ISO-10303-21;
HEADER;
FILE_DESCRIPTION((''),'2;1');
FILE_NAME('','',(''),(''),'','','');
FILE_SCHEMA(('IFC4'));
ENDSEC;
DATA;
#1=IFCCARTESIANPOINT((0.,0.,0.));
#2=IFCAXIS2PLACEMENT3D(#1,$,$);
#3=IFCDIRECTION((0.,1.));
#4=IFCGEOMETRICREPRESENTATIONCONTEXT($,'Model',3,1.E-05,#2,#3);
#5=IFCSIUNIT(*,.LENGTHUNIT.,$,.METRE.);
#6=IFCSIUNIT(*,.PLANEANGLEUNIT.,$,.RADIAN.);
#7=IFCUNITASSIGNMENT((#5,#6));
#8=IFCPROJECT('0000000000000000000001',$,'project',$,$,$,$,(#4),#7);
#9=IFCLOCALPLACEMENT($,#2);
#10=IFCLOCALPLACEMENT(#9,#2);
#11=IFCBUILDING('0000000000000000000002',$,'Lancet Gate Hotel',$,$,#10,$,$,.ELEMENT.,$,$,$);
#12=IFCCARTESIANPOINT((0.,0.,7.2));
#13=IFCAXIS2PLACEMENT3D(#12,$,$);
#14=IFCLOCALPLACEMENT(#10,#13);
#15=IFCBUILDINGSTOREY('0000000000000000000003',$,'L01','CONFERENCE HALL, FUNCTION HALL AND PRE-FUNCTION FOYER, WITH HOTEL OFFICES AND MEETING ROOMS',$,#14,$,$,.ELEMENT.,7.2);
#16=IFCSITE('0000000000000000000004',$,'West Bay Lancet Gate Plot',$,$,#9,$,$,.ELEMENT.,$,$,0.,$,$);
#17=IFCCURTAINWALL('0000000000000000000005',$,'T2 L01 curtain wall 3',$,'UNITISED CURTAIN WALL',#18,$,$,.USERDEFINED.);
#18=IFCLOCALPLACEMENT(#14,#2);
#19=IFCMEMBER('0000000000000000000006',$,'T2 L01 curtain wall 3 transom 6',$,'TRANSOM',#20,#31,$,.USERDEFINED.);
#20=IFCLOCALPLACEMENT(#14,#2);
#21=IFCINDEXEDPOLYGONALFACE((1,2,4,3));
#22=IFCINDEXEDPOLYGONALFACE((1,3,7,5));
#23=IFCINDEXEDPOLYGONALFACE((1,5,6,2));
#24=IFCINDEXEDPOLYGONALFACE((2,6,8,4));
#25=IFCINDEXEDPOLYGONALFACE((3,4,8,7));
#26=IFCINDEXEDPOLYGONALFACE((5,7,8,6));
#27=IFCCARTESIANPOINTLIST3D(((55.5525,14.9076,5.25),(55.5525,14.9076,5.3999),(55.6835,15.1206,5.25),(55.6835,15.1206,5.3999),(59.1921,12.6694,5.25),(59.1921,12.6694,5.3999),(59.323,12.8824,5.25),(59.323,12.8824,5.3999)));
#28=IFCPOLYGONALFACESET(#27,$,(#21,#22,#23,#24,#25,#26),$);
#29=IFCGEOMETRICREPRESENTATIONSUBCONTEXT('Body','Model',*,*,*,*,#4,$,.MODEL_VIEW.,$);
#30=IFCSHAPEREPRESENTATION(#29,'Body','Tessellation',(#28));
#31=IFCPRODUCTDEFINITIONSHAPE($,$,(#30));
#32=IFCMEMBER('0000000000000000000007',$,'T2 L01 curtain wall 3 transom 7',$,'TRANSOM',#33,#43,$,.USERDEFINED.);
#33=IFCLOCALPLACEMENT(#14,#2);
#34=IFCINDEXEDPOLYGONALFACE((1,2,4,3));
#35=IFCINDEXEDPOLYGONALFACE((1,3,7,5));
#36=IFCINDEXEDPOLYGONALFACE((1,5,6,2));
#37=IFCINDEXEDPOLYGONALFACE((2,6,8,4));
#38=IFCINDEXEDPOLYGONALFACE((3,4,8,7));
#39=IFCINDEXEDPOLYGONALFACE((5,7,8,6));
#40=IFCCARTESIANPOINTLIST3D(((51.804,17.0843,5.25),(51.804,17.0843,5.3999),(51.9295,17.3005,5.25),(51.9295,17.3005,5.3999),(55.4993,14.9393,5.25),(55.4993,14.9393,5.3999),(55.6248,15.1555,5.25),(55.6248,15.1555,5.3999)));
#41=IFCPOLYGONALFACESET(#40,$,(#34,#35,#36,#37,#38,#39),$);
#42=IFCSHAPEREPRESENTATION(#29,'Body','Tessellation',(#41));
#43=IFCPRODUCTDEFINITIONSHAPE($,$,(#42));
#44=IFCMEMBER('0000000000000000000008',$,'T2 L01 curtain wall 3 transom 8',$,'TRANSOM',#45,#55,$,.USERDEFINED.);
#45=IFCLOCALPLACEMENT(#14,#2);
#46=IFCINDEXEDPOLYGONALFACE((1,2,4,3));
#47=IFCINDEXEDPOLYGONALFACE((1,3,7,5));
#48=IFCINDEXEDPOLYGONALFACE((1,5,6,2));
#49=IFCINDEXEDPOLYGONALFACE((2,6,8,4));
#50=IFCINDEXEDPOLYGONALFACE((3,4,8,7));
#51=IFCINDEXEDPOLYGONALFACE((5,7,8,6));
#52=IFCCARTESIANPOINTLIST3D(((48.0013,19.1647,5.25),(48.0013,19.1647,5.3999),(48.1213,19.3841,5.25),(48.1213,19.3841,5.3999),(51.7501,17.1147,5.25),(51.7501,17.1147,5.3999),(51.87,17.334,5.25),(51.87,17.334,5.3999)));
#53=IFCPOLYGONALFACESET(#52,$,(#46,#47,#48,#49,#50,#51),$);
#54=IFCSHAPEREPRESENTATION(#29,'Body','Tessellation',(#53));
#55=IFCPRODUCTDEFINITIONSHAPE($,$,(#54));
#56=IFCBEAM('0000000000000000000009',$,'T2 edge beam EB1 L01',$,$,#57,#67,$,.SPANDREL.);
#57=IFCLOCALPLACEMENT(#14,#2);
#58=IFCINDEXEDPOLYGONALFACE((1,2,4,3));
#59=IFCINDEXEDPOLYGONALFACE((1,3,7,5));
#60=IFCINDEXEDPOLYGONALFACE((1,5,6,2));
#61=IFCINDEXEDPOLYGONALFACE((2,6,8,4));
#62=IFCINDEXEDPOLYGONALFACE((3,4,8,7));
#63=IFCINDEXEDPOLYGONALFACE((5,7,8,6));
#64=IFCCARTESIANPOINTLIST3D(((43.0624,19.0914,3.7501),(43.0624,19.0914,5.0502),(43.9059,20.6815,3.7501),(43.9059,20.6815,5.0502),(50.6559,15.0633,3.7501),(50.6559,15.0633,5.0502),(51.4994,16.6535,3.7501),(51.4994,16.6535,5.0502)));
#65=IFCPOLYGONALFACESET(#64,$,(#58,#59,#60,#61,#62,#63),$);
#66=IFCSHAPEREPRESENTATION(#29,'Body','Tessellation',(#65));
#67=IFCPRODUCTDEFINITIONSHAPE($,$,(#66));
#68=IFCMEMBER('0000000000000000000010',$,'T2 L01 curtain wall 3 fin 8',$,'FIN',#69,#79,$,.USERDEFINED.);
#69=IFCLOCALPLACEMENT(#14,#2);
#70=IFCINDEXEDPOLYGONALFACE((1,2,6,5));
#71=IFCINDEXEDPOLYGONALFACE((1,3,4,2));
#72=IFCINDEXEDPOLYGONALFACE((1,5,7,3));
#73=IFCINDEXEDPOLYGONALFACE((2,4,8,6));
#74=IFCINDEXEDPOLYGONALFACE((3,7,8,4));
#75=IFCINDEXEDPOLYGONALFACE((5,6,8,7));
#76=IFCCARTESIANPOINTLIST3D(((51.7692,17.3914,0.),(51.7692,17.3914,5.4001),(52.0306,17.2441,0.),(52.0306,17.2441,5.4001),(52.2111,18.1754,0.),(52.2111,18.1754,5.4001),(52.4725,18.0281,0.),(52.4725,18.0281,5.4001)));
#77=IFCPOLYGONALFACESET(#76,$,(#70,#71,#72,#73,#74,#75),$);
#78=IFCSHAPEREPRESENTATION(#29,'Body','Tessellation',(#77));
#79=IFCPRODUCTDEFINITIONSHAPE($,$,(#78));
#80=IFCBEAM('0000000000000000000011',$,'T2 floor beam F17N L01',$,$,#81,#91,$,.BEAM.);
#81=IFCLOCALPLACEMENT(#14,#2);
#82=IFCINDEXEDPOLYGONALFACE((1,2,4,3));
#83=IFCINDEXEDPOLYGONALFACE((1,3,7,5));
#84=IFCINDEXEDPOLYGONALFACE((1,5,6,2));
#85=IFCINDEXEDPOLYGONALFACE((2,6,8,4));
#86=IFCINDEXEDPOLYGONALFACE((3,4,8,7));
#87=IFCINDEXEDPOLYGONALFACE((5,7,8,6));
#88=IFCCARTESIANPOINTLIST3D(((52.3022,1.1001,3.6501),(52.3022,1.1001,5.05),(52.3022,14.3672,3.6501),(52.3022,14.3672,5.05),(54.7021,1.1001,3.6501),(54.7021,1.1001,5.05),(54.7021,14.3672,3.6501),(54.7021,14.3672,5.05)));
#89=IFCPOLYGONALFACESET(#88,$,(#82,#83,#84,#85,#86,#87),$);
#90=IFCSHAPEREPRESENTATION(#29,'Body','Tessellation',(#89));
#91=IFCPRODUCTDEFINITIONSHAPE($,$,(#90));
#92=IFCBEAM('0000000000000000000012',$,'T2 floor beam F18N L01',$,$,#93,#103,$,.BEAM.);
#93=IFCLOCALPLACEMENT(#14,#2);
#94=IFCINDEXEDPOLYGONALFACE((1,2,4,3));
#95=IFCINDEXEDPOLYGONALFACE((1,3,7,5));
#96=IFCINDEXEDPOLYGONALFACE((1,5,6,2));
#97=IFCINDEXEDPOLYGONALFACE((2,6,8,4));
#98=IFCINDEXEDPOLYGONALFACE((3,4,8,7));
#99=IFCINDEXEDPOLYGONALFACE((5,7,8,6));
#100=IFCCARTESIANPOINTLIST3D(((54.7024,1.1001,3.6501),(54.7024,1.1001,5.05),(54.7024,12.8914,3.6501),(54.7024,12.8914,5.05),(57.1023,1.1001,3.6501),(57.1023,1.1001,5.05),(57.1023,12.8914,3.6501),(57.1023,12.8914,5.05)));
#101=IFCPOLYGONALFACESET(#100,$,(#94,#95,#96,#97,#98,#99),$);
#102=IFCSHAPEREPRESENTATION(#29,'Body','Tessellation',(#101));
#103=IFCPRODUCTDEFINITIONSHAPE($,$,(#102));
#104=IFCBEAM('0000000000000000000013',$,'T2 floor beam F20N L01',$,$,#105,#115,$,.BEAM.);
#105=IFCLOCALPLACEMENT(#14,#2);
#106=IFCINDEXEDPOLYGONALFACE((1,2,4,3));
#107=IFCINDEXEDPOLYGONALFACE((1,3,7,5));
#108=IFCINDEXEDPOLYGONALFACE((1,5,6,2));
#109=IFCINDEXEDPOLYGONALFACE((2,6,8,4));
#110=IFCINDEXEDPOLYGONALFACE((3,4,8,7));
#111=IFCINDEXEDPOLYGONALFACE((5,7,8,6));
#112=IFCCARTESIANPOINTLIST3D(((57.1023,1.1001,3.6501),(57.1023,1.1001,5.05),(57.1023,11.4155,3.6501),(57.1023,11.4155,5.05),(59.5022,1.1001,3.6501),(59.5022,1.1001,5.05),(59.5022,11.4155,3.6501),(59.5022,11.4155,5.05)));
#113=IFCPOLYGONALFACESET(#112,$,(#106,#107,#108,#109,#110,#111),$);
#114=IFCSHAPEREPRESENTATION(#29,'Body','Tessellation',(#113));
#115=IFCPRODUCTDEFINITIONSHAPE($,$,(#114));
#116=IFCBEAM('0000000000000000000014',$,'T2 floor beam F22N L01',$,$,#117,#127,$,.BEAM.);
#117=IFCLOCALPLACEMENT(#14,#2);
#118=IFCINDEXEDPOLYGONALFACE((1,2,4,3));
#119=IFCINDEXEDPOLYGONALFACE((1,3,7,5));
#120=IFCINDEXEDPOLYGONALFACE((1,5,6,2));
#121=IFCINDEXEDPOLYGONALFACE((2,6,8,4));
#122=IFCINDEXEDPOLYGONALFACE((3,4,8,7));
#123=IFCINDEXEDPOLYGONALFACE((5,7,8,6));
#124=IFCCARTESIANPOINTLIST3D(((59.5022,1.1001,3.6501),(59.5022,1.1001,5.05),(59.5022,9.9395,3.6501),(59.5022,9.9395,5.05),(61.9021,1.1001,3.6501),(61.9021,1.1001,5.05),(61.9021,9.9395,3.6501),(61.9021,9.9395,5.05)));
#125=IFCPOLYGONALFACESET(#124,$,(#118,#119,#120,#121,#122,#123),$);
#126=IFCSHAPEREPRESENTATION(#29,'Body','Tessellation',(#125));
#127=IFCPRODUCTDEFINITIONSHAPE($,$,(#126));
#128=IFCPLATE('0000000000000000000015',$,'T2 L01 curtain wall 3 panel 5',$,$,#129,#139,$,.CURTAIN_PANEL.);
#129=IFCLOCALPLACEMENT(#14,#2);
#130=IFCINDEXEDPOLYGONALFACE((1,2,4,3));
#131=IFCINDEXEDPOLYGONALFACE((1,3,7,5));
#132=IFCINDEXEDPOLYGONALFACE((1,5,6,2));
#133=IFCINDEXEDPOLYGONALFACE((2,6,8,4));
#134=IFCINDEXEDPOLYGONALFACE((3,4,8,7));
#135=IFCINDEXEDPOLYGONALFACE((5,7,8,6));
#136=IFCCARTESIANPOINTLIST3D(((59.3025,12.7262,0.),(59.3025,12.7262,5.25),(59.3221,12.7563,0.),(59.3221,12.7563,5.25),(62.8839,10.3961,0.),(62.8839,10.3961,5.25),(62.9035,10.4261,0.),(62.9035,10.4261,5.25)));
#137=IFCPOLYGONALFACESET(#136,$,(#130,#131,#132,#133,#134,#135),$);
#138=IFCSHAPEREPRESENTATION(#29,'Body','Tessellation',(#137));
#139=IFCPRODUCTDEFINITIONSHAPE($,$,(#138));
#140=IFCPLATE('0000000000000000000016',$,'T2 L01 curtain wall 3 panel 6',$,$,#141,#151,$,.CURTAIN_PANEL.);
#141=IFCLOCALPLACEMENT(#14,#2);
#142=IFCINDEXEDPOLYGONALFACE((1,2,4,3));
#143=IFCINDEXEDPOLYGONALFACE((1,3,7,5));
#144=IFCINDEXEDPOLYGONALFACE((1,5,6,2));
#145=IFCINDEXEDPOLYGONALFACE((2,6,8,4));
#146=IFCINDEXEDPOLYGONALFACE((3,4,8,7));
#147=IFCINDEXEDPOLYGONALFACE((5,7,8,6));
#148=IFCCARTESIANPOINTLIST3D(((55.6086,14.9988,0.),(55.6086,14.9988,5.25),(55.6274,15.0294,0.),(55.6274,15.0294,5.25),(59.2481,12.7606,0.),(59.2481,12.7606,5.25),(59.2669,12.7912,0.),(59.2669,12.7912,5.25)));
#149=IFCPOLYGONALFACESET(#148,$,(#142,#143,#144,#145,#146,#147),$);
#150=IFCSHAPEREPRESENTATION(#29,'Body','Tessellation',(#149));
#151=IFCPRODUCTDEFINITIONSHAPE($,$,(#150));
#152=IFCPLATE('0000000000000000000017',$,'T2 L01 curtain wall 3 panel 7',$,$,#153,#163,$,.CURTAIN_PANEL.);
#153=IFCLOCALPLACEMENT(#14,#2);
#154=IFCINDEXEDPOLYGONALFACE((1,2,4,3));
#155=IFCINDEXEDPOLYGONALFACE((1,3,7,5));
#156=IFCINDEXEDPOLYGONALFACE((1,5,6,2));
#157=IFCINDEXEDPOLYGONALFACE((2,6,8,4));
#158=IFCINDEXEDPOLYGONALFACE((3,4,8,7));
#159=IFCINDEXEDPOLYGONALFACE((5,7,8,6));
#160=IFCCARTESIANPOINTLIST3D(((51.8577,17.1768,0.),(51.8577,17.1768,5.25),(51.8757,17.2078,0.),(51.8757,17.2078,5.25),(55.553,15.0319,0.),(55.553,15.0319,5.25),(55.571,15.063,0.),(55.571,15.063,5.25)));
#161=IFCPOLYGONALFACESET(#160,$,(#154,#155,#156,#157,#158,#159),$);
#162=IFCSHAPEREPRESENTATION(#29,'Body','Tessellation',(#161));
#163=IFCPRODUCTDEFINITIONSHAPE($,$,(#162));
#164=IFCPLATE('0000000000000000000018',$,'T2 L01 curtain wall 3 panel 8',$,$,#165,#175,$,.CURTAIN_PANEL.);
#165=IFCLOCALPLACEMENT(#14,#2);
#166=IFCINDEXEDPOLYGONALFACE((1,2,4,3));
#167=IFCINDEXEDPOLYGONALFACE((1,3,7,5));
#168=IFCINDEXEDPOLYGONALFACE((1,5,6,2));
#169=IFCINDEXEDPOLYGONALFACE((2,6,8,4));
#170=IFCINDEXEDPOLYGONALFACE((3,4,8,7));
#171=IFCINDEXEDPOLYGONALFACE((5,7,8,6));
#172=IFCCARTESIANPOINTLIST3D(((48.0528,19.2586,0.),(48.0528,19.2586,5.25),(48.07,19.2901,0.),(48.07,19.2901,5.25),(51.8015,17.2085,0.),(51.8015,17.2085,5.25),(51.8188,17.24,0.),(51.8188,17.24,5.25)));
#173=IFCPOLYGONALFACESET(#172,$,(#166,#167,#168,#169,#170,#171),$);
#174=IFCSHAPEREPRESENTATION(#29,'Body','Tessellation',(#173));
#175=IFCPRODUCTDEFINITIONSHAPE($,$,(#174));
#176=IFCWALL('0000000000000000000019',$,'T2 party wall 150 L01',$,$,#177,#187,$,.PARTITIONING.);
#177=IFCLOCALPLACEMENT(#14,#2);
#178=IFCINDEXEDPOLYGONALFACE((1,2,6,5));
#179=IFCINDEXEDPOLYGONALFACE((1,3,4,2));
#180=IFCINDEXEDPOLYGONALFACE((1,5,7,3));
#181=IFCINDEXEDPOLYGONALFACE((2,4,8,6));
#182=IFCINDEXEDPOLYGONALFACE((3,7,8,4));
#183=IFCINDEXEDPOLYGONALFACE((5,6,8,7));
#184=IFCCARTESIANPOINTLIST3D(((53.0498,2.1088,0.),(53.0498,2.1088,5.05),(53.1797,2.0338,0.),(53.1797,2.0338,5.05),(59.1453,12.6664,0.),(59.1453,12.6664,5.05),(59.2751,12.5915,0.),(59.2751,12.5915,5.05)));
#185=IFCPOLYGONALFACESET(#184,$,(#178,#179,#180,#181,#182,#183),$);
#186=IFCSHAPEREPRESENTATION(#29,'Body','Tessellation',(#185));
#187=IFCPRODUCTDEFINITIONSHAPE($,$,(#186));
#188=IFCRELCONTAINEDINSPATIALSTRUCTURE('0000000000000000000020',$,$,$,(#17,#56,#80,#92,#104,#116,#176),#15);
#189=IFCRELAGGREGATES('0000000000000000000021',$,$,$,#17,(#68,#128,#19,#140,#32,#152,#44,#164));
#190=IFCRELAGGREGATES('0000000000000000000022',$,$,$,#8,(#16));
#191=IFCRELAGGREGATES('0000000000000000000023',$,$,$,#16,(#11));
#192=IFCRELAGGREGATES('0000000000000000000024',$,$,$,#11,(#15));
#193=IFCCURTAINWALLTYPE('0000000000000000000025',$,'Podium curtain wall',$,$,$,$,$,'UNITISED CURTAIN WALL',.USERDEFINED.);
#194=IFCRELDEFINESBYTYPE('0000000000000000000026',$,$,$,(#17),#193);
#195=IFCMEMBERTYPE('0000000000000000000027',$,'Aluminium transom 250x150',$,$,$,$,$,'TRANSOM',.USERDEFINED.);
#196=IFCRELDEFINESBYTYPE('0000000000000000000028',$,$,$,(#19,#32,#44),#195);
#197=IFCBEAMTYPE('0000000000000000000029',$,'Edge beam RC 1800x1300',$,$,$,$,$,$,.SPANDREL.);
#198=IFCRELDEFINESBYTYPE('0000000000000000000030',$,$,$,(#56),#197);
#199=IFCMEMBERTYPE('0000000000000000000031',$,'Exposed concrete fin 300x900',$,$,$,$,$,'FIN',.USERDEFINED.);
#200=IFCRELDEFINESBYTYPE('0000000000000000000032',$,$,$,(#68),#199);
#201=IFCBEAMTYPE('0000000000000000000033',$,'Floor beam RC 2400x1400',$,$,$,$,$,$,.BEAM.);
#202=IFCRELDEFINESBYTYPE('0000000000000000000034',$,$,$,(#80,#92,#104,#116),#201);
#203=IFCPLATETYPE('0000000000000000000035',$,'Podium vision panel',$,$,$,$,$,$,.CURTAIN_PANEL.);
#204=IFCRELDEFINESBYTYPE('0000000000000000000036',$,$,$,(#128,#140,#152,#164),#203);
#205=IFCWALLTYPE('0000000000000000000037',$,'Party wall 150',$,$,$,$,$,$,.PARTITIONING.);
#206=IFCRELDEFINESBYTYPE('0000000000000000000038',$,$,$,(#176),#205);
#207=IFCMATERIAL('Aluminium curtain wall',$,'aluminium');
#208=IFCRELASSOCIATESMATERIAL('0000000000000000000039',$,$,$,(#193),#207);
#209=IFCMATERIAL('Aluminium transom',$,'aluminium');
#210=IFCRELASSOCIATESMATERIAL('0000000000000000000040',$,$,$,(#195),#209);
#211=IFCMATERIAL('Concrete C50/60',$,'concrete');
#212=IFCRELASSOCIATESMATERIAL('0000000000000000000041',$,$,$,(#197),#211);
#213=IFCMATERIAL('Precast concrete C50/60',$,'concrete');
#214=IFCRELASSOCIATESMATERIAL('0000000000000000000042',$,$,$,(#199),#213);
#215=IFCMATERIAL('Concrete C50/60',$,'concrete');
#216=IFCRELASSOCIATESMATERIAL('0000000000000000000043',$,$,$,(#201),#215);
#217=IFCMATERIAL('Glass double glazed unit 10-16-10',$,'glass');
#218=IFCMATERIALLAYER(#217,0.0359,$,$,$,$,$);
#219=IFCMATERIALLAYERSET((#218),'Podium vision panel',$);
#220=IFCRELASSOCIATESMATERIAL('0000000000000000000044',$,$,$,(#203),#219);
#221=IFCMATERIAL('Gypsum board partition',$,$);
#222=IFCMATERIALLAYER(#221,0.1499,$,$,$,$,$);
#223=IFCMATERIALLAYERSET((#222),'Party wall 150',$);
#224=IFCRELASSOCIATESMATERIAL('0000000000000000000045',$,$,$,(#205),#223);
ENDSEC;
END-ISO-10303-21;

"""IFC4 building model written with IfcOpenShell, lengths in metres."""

from ifc_helpers import new_model, si_unit, direction, frame, frame_2d, origin, origin_2d, place, context, subcontext, project, spatial, rectangle, extrude, material, layer, layer_set, material_profile, profile_set, type_object, element, aggregate, save


model = new_model("IFC4")

# Units and contexts
model_context = context("Model", 3, precision=1e-05, world=origin(), true_north=direction((0.0, 1.0)))
body_context = subcontext(model_context, "Body", "Model", "MODEL_VIEW")
ifc_project = project(units=[si_unit("LENGTHUNIT", "METRE"), si_unit("PLANEANGLEUNIT", "RADIAN")], contexts=[model_context])

# Site, building, storey
site_placement = place(None, origin())
site = spatial("IfcSite", under=ifc_project, at=site_placement, Name="West Bay Lancet Gate Plot", CompositionType="ELEMENT", RefElevation=0.0)
building_placement = place(site_placement, origin())
building = spatial("IfcBuilding", under=site, at=building_placement, Name="Lancet Gate Hotel", CompositionType="ELEMENT")
storey_placement = place(building_placement, frame((0.0, 0.0, 7.2)))
storey = spatial("IfcBuildingStorey", under=building, at=storey_placement, Name="L01", Description="CONFERENCE HALL, FUNCTION HALL AND PRE-FUNCTION FOYER, WITH HOTEL OFFICES AND MEETING ROOMS", CompositionType="ELEMENT", Elevation=7.2)

# Curtain wall, members
ifc_material_1 = material(Name="Aluminium curtain wall", Category="aluminium")
curtain_wall_type = type_object("IfcCurtainWallType", Name="Podium curtain wall", ElementType="UNITISED CURTAIN WALL", PredefinedType="USERDEFINED", material=ifc_material_1)
curtain_wall_placement = place(storey_placement, origin())
curtain_wall = element("IfcCurtainWall", 1, at=curtain_wall_placement, inside=storey, type_object=curtain_wall_type, Name="T2 L01 curtain wall 3", ObjectType="UNITISED CURTAIN WALL", PredefinedType="USERDEFINED")
ifc_material_2 = material(Name="Aluminium transom", Category="aluminium")
ifc_material_profile_1 = material_profile(ifc_material_2, rectangle(XDim=0.25, YDim=0.1499, at=origin_2d()), Name="TRANSOM 250x150")
ifc_profile_set_1 = profile_set([ifc_material_profile_1], Name="Aluminium transom")
member_type_1 = type_object("IfcMemberType", Name="Aluminium transom 250x150", ElementType="TRANSOM", PredefinedType="USERDEFINED", material=ifc_profile_set_1)
member_1_placement = place(storey_placement, frame((59.2576, 12.7759, 5.325), z_axis=(-0.851815, 0.523842, 0.0), x_axis=(-0.523842, -0.851815, 0.0)))
member_1 = element("IfcMember", 2, at=member_1_placement, type_object=member_type_1, Name="T2 L01 curtain wall 3 transom 6", ObjectType="TRANSOM", PredefinedType="USERDEFINED", context=body_context, shape_type="SweptSolid", body=[
    extrude(rectangle(XDim=0.25, YDim=0.1499, at=origin_2d()), origin(), (0.0, 0.0, 1.0), 4.2727),
])
member_2_placement = place(storey_placement, frame((55.562, 15.0474, 5.325), z_axis=(-0.864855, 0.502022, 0.0), x_axis=(-0.502022, -0.864855, 0.0)))
member_2 = element("IfcMember", 3, at=member_2_placement, type_object=member_type_1, Name="T2 L01 curtain wall 3 transom 7", ObjectType="TRANSOM", PredefinedType="USERDEFINED", context=body_context, shape_type="SweptSolid", body=[
    extrude(rectangle(XDim=0.25, YDim=0.1499, at=origin_2d()), origin(), (0.0, 0.0, 1.0), 4.2727),
])
member_3_placement = place(storey_placement, frame((51.8101, 17.2244, 5.325), z_axis=(-0.877378, 0.479801, 0.0), x_axis=(-0.479801, -0.877378, 0.0)))
member_3 = element("IfcMember", 4, at=member_3_placement, type_object=member_type_1, Name="T2 L01 curtain wall 3 transom 8", ObjectType="TRANSOM", PredefinedType="USERDEFINED", context=body_context, shape_type="SweptSolid", body=[
    extrude(rectangle(XDim=0.25, YDim=0.1499, at=origin_2d()), origin(), (0.0, 0.0, 1.0), 4.2727),
])

# Beam
ifc_material_3 = material(Name="Concrete C50/60", Category="concrete")
ifc_material_profile_2 = material_profile(ifc_material_3, rectangle(XDim=1.8, YDim=1.3, at=origin_2d()), Name="RC 1800x1300")
ifc_profile_set_2 = profile_set([ifc_material_profile_2], Name="Concrete C50/60")
beam_type_1 = type_object("IfcBeamType", Name="Edge beam RC 1800x1300", PredefinedType="SPANDREL", material=ifc_profile_set_2)
beam_1_placement = place(storey_placement, frame((51.0776, 15.8584, 4.4001), z_axis=(-0.883403, 0.468613, 0.0), x_axis=(-0.468613, -0.883403, 0.0)))
element("IfcBeam", 5, at=beam_1_placement, inside=storey, type_object=beam_type_1, Name="T2 edge beam EB1 L01", PredefinedType="SPANDREL", context=body_context, shape_type="SweptSolid", body=[
    extrude(rectangle(XDim=1.8, YDim=1.3, at=origin_2d()), origin(), (0.0, 0.0, 1.0), 8.5957),
])

# Member
ifc_material_4 = material(Name="Precast concrete C50/60", Category="concrete")
ifc_material_profile_3 = material_profile(ifc_material_4, rectangle(XDim=0.3, YDim=0.8999, at=origin_2d()), Name="FIN 300x900")
ifc_profile_set_3 = profile_set([ifc_material_profile_3], Name="Precast concrete C50/60")
member_type_2 = type_object("IfcMemberType", Name="Exposed concrete fin 300x900", ElementType="FIN", PredefinedType="USERDEFINED", material=ifc_profile_set_3)
member_4_placement = place(storey_placement, frame((52.1208, 17.7097, 0.0), z_axis=(0.0, 0.0, 1.0), x_axis=(-0.87119, 0.490945, 0.0)))
member_4 = element("IfcMember", 6, at=member_4_placement, type_object=member_type_2, Name="T2 L01 curtain wall 3 fin 8", ObjectType="FIN", PredefinedType="USERDEFINED", context=body_context, shape_type="SweptSolid", body=[
    extrude(rectangle(XDim=0.3, YDim=0.8999, at=origin_2d()), origin(), (0.0, 0.0, 1.0), 5.4001),
])

# Beams
ifc_material_5 = material(Name="Concrete C50/60", Category="concrete")
ifc_material_profile_4 = material_profile(ifc_material_5, rectangle(XDim=2.3999, YDim=1.3999, at=origin_2d()), Name="RC 2400x1400")
ifc_profile_set_4 = profile_set([ifc_material_profile_4], Name="Concrete C50/60")
beam_type_2 = type_object("IfcBeamType", Name="Floor beam RC 2400x1400", PredefinedType="BEAM", material=ifc_profile_set_4)
beam_2_placement = place(storey_placement, frame((53.5022, 1.1001, 4.3501), z_axis=(0.0, 1.0, 0.0), x_axis=(-1.0, 0.0, 0.0)))
element("IfcBeam", 7, at=beam_2_placement, inside=storey, type_object=beam_type_2, Name="T2 floor beam F17N L01", PredefinedType="BEAM", context=body_context, shape_type="SweptSolid", body=[
    extrude(rectangle(XDim=2.3999, YDim=1.3999, at=origin_2d()), origin(), (0.0, 0.0, 1.0), 13.2671),
])
beam_3_placement = place(storey_placement, frame((55.9023, 1.1001, 4.3501), z_axis=(0.0, 1.0, 0.0), x_axis=(-1.0, 0.0, 0.0)))
element("IfcBeam", 8, at=beam_3_placement, inside=storey, type_object=beam_type_2, Name="T2 floor beam F18N L01", PredefinedType="BEAM", context=body_context, shape_type="SweptSolid", body=[
    extrude(rectangle(XDim=2.3999, YDim=1.3999, at=origin_2d()), origin(), (0.0, 0.0, 1.0), 11.7913),
])
beam_4_placement = place(storey_placement, frame((58.3022, 1.1001, 4.3501), z_axis=(0.0, 1.0, 0.0), x_axis=(-1.0, 0.0, 0.0)))
element("IfcBeam", 9, at=beam_4_placement, inside=storey, type_object=beam_type_2, Name="T2 floor beam F20N L01", PredefinedType="BEAM", context=body_context, shape_type="SweptSolid", body=[
    extrude(rectangle(XDim=2.3999, YDim=1.3999, at=origin_2d()), origin(), (0.0, 0.0, 1.0), 10.3154),
])
beam_5_placement = place(storey_placement, frame((60.7021, 1.1001, 4.3501), z_axis=(0.0, 1.0, 0.0), x_axis=(-1.0, 0.0, 0.0)))
element("IfcBeam", 10, at=beam_5_placement, inside=storey, type_object=beam_type_2, Name="T2 floor beam F22N L01", PredefinedType="BEAM", context=body_context, shape_type="SweptSolid", body=[
    extrude(rectangle(XDim=2.3999, YDim=1.3999, at=origin_2d()), origin(), (0.0, 0.0, 1.0), 8.8394),
])

# Plates
ifc_material_6 = material(Name="Glass double glazed unit 10-16-10", Category="glass")
ifc_layer_1 = layer(ifc_material_6, 0.0359)
ifc_layer_set_1 = layer_set([ifc_layer_1], Name="Podium vision panel")
plate_type = type_object("IfcPlateType", Name="Podium vision panel", PredefinedType="CURTAIN_PANEL", material=ifc_layer_set_1)
plate_1_placement = place(storey_placement, frame((61.103, 11.5762, 0.0), z_axis=(0.0, 0.0, 1.0), x_axis=(-0.838207, 0.545353, 0.0)))
plate_1 = element("IfcPlate", 11, at=plate_1_placement, type_object=plate_type, Name="T2 L01 curtain wall 3 panel 5", PredefinedType="CURTAIN_PANEL", context=body_context, shape_type="SweptSolid", body=[
    extrude(rectangle(XDim=4.2727, YDim=0.0359, at=origin_2d()), origin(), (0.0, 0.0, 1.0), 5.25),
])
plate_2_placement = place(storey_placement, frame((57.4377, 13.895, 0.0), z_axis=(0.0, 0.0, 1.0), x_axis=(-0.851815, 0.523842, 0.0)))
plate_2 = element("IfcPlate", 12, at=plate_2_placement, type_object=plate_type, Name="T2 L01 curtain wall 3 panel 6", PredefinedType="CURTAIN_PANEL", context=body_context, shape_type="SweptSolid", body=[
    extrude(rectangle(XDim=4.2727, YDim=0.0359, at=origin_2d()), origin(), (0.0, 0.0, 1.0), 5.25),
])
plate_3_placement = place(storey_placement, frame((53.7144, 16.1199, 0.0), z_axis=(0.0, 0.0, 1.0), x_axis=(-0.864872, 0.501993, 0.0)))
plate_3 = element("IfcPlate", 13, at=plate_3_placement, type_object=plate_type, Name="T2 L01 curtain wall 3 panel 7", PredefinedType="CURTAIN_PANEL", context=body_context, shape_type="SweptSolid", body=[
    extrude(rectangle(XDim=4.2727, YDim=0.0359, at=origin_2d()), origin(), (0.0, 0.0, 1.0), 5.25),
])
plate_4_placement = place(storey_placement, frame((49.9358, 18.2493, 0.0), z_axis=(0.0, 0.0, 1.0), x_axis=(-0.877368, 0.479818, 0.0)))
plate_4 = element("IfcPlate", 14, at=plate_4_placement, type_object=plate_type, Name="T2 L01 curtain wall 3 panel 8", PredefinedType="CURTAIN_PANEL", context=body_context, shape_type="SweptSolid", body=[
    extrude(rectangle(XDim=4.2727, YDim=0.0359, at=origin_2d()), origin(), (0.0, 0.0, 1.0), 5.25),
])
aggregate(curtain_wall, [member_4, plate_1, member_1, plate_2, member_2, plate_3, member_3, plate_4])

# Wall
ifc_material_7 = material(Name="Gypsum board partition")
ifc_layer_2 = layer(ifc_material_7, 0.1499)
ifc_layer_set_2 = layer_set([ifc_layer_2], Name="Party wall 150")
wall_type = type_object("IfcWallType", Name="Party wall 150", PredefinedType="PARTITIONING", material=ifc_layer_set_2)
wall_placement = place(storey_placement, frame((53.1147, 2.0713, 0.0), z_axis=(0.0, 0.0, 1.0), x_axis=(0.500001, 0.866025, 0.0)))
element("IfcWall", 15, at=wall_placement, inside=storey, type_object=wall_type, Name="T2 party wall 150 L01", PredefinedType="PARTITIONING", context=body_context, shape_type="SweptSolid", body=[
    extrude(rectangle(XDim=12.1909, YDim=0.1499, at=frame_2d((6.0955, 0.0))), origin(), (0.0, 0.0, 1.0), 5.05),
])

save(model, "model.ifc")
